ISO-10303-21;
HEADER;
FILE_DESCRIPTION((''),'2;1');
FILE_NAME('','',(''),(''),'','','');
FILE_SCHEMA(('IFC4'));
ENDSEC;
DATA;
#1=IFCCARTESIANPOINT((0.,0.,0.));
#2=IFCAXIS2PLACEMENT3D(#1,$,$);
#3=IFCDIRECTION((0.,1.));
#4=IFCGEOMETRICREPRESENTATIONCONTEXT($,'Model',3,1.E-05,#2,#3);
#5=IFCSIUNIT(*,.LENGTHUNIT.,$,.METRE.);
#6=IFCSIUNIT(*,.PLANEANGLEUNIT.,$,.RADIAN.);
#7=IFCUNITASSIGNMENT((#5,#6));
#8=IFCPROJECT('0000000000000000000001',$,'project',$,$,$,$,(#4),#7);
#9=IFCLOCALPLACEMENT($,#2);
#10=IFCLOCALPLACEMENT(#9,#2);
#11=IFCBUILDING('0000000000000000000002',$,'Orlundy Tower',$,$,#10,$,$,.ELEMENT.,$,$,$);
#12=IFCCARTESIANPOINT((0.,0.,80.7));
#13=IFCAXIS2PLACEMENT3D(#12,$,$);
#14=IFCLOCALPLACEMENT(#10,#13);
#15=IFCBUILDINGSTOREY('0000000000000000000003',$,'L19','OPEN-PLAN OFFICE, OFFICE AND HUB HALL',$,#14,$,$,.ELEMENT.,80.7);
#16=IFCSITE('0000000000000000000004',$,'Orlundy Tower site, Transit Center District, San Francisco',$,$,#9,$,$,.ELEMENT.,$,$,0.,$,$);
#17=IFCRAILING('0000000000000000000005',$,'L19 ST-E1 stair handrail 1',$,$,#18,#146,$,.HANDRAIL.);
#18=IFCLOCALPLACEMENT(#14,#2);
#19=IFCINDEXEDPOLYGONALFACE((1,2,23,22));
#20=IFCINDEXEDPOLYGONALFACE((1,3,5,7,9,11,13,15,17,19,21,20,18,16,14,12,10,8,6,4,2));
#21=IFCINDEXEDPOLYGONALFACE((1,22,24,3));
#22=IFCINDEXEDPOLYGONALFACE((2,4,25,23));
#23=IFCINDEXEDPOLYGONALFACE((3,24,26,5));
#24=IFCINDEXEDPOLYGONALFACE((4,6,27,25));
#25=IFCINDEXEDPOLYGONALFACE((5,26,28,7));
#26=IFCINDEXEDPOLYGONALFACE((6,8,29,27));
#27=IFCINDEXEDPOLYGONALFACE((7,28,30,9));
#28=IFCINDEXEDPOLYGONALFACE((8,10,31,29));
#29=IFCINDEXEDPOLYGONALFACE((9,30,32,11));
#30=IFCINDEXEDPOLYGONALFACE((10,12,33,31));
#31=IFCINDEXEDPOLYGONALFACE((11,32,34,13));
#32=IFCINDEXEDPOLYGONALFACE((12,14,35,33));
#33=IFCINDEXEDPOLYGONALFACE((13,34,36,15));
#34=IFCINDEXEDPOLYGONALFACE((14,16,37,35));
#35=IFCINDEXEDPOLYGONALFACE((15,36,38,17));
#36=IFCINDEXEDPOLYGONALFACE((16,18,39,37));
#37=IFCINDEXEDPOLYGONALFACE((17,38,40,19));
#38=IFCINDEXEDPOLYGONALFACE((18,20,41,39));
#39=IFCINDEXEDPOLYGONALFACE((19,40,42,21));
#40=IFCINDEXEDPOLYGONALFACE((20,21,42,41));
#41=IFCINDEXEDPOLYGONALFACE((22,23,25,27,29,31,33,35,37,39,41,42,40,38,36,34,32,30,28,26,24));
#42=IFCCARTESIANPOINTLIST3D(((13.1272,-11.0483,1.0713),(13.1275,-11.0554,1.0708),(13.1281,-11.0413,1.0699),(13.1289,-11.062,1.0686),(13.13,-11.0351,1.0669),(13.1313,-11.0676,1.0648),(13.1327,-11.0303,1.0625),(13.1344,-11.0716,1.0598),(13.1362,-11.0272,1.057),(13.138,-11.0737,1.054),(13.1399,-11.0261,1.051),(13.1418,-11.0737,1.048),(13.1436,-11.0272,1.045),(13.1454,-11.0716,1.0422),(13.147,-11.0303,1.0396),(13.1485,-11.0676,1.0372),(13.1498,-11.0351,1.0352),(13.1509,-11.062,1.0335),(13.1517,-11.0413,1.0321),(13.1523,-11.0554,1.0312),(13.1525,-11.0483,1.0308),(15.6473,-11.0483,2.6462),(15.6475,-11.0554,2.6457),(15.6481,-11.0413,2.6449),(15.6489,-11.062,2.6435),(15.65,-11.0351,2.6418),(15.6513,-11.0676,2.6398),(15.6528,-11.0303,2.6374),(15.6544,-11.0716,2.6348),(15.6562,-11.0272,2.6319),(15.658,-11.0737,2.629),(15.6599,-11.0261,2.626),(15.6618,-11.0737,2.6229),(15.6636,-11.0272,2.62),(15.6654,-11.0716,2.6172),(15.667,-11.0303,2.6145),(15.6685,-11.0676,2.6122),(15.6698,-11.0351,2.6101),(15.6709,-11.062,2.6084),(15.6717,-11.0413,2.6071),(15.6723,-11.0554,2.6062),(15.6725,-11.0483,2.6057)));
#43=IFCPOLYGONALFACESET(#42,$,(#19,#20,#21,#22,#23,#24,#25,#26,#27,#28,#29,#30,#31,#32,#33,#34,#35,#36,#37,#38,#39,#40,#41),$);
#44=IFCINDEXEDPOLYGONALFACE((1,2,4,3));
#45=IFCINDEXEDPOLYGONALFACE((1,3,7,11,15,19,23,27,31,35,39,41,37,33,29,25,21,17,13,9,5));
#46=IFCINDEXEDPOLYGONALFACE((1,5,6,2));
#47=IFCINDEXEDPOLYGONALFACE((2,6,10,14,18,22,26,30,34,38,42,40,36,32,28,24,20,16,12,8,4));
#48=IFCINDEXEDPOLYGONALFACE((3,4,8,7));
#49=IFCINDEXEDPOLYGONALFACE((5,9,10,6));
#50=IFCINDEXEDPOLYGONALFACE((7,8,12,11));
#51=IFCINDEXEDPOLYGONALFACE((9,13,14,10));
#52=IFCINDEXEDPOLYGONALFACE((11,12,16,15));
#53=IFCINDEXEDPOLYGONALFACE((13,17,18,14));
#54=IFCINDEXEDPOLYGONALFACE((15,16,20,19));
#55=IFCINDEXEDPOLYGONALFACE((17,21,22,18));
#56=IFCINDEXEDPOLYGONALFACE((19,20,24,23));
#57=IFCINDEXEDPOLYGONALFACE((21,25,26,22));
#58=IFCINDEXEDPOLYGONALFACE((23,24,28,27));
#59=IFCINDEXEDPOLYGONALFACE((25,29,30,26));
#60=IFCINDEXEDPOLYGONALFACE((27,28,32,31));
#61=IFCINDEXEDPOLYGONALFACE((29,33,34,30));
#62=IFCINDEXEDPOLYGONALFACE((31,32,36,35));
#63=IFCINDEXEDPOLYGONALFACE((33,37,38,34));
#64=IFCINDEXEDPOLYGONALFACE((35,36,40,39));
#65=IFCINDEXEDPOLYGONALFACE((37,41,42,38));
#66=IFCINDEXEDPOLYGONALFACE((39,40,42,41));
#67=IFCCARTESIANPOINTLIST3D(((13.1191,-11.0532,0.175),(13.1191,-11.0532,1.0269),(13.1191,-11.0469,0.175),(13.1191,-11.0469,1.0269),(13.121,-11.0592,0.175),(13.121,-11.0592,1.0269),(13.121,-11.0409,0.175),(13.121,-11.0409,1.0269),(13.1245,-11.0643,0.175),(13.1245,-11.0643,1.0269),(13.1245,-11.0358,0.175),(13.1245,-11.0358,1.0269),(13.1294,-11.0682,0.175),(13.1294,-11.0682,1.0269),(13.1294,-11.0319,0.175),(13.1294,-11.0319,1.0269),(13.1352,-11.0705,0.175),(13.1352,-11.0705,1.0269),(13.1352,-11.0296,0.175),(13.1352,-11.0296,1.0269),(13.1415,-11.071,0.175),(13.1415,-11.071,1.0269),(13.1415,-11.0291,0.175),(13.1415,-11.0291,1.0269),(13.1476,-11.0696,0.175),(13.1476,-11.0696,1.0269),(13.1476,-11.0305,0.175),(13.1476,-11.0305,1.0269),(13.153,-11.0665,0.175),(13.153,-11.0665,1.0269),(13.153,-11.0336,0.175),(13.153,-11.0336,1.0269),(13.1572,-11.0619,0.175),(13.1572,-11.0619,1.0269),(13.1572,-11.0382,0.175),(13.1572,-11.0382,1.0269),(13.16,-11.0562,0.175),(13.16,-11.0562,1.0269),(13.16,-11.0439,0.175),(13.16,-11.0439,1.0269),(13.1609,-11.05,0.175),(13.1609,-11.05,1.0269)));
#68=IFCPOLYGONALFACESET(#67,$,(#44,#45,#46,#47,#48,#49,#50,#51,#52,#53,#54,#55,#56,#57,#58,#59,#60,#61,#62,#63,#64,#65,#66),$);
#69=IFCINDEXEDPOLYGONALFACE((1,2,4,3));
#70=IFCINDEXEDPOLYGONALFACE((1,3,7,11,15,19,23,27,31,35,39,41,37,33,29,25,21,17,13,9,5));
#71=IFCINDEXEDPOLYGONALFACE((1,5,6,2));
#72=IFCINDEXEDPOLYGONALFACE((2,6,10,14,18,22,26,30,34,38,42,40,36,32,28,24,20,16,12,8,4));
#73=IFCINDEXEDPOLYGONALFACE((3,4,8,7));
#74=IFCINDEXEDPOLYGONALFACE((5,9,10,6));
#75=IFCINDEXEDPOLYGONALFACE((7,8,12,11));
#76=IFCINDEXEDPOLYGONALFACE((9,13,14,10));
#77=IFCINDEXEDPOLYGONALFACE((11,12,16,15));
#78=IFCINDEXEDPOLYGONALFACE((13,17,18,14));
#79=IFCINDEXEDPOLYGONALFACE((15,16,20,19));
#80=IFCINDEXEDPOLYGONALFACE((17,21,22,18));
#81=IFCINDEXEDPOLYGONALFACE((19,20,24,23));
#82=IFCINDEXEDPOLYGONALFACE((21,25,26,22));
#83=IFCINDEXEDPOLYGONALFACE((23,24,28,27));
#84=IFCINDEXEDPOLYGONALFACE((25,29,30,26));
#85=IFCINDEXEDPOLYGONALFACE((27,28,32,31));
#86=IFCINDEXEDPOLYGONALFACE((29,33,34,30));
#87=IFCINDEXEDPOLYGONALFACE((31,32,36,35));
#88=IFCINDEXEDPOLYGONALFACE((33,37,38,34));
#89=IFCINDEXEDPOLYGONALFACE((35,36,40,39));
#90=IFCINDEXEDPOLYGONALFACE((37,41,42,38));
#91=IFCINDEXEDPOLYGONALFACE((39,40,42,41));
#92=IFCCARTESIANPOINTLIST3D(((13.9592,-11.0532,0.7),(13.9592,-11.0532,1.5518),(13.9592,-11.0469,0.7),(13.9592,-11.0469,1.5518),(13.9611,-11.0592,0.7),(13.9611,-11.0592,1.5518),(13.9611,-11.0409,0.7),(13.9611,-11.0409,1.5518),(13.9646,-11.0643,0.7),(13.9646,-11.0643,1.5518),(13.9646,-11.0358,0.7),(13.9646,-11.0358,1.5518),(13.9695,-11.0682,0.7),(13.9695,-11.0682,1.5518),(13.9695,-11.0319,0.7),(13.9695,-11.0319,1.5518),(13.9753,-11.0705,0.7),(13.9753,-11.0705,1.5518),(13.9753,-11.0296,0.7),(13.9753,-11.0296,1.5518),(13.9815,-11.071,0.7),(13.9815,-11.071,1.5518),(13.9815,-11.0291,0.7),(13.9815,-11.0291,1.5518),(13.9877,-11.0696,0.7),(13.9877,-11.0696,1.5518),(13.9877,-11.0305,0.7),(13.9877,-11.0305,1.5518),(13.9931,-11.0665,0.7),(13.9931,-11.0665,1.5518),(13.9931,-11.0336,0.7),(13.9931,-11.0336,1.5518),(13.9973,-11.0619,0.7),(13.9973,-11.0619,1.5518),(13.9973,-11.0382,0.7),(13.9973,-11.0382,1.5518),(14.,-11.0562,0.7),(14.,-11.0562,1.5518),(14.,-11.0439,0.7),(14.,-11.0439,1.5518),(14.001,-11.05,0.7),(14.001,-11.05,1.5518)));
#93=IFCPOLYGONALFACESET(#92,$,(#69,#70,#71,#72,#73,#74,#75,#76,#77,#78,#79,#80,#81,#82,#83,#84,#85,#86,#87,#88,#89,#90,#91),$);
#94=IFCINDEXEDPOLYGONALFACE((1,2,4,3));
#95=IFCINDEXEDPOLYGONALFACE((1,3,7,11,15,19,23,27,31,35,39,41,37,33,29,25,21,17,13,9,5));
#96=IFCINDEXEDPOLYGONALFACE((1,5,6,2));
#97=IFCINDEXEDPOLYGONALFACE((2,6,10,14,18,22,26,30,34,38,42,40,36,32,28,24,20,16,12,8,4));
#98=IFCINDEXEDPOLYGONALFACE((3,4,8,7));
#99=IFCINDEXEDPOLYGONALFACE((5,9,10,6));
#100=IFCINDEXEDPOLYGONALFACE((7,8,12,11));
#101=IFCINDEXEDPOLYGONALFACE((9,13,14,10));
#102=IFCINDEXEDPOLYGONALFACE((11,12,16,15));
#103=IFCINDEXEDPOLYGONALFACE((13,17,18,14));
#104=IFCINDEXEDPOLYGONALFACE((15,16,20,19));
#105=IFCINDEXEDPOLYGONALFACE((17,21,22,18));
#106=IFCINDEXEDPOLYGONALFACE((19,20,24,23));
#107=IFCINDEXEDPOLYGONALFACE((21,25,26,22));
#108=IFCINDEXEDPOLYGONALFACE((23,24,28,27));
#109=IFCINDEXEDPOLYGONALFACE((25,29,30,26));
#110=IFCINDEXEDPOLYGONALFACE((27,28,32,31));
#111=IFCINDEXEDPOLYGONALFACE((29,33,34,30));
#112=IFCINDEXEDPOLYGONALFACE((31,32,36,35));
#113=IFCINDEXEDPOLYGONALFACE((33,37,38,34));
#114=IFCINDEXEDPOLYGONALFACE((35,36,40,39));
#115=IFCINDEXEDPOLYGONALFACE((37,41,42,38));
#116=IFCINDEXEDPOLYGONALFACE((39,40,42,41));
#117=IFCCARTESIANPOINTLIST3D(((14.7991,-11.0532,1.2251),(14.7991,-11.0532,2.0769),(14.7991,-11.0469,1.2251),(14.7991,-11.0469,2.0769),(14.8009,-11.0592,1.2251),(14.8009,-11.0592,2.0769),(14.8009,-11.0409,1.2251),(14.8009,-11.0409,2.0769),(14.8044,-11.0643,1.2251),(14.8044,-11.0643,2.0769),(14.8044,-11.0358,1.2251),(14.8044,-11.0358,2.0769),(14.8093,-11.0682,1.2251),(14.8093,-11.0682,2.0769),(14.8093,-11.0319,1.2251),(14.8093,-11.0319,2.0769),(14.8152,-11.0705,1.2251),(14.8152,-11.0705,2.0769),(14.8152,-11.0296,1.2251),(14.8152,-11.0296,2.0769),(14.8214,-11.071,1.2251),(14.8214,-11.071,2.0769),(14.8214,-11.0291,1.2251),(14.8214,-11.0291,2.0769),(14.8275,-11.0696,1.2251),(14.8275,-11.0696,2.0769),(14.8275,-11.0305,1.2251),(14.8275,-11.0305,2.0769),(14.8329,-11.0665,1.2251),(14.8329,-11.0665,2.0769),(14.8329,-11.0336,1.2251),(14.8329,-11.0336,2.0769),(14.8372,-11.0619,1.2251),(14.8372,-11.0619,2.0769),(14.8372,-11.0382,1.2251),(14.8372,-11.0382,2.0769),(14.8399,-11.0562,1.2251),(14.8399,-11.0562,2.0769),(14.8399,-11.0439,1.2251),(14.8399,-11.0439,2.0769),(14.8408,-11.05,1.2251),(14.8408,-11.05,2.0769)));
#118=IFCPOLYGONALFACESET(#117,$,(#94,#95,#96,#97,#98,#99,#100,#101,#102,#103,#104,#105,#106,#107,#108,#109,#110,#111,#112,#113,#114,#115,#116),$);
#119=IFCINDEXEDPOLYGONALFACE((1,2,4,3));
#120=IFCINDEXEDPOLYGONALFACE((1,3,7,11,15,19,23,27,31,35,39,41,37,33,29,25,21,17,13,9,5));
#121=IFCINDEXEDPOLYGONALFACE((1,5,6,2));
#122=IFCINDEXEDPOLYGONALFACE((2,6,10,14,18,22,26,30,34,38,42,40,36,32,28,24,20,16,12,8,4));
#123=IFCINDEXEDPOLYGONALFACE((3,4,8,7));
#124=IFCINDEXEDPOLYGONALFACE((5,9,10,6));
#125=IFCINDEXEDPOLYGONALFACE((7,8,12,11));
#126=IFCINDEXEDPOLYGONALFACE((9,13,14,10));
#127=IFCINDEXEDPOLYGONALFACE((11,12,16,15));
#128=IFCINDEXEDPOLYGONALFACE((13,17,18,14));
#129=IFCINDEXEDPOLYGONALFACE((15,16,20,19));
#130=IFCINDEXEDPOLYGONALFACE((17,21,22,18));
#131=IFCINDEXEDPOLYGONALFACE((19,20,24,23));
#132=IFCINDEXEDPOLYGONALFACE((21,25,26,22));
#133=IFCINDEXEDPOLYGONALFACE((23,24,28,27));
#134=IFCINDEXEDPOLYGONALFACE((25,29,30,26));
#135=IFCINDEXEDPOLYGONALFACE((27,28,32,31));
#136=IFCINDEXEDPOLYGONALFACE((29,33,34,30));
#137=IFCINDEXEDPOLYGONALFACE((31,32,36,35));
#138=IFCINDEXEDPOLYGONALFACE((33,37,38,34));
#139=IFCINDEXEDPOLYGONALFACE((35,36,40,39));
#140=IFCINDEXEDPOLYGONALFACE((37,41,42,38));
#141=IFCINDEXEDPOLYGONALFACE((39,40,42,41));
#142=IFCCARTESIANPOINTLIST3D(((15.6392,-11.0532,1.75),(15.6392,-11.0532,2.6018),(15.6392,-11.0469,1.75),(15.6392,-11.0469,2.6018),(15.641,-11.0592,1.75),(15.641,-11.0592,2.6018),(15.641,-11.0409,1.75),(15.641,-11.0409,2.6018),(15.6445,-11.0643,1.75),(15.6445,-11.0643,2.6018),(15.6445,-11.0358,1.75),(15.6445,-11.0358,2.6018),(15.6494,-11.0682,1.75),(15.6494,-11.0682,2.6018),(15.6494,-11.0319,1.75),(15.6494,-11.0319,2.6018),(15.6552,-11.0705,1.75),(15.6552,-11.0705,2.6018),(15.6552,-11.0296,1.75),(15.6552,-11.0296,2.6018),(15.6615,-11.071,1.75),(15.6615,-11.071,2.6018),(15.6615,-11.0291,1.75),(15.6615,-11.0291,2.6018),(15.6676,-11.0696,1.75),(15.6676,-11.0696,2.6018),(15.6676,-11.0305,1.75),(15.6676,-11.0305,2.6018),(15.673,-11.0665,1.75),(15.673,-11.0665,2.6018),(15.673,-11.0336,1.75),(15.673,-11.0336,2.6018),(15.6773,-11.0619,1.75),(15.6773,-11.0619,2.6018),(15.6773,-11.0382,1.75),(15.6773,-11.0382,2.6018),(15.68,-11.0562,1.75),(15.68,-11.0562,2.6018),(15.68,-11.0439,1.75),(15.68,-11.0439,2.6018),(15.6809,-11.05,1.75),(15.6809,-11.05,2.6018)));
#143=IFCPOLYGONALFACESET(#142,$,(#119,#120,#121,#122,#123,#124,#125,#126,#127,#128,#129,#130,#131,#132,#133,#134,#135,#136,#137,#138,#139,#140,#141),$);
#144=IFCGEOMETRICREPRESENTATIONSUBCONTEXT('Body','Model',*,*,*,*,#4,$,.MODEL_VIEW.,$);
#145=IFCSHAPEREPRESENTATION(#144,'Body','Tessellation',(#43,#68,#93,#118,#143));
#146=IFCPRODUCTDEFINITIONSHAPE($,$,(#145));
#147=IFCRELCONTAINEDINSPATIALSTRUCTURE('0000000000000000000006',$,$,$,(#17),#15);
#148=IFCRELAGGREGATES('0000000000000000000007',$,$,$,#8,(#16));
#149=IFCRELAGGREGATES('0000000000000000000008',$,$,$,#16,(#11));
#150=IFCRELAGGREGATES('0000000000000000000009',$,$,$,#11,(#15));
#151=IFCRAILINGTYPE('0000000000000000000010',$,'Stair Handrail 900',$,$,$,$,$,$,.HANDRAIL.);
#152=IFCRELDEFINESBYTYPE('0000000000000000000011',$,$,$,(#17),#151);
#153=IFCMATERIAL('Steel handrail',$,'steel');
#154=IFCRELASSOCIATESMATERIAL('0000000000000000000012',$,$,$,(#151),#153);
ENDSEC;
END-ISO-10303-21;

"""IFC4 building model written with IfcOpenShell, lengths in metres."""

from ifc_helpers import new_model, si_unit, direction, frame, origin, origin_2d, place, context, subcontext, project, spatial, circle, extrude, material, type_object, element, save


model = new_model("IFC4")

# Units and contexts
model_context = context("Model", 3, precision=1e-05, world=origin(), true_north=direction((0.0, 1.0)))
body_context = subcontext(model_context, "Body", "Model", "MODEL_VIEW")
ifc_project = project(units=[si_unit("LENGTHUNIT", "METRE"), si_unit("PLANEANGLEUNIT", "RADIAN")], contexts=[model_context])

# Site, building, storey
site_placement = place(None, origin())
site = spatial("IfcSite", under=ifc_project, at=site_placement, Name="Orlundy Tower site, Transit Center District, San Francisco", CompositionType="ELEMENT", RefElevation=0.0)
building_placement = place(site_placement, origin())
building = spatial("IfcBuilding", under=site, at=building_placement, Name="Orlundy Tower", CompositionType="ELEMENT")
storey_placement = place(building_placement, frame((0.0, 0.0, 80.7)))
storey = spatial("IfcBuildingStorey", under=building, at=storey_placement, Name="L19", Description="OPEN-PLAN OFFICE, OFFICE AND HUB HALL", CompositionType="ELEMENT", Elevation=80.7)

# Railing
ifc_material_1 = material(Name="Steel handrail", Category="steel")
railing_type_1 = type_object("IfcRailingType", Name="Stair Handrail 900", PredefinedType="HANDRAIL", material=ifc_material_1)
railing_1_placement = place(storey_placement, frame((13.1399, -11.05, 0.175)))
element("IfcRailing", 1, at=railing_1_placement, inside=storey, type_object=railing_type_1, Name="L19 ST-E1 stair handrail 1", PredefinedType="HANDRAIL", context=body_context, shape_type="SweptSolid", body=[
    extrude(circle(Radius=0.0239, at=origin_2d()), frame((0.0, 0.0, 0.876), z_axis=(0.848008, 0.0, 0.529984), x_axis=(0.0, 1.0, 0.0)), (0.0, 0.0, 1.0), 2.9717),
    extrude(circle(Radius=0.021, at=origin_2d()), origin(), (0.0, 0.0, 1.0), 0.8518),
    extrude(circle(Radius=0.021, at=origin_2d()), frame((0.8401, 0.0, 0.5249)), (0.0, 0.0, 1.0), 0.8518),
    extrude(circle(Radius=0.021, at=origin_2d()), frame((1.6799, 0.0, 1.05)), (0.0, 0.0, 1.0), 0.8518),
    extrude(circle(Radius=0.021, at=origin_2d()), frame((2.52, 0.0, 1.575)), (0.0, 0.0, 1.0), 0.8518),
])

save(model, "model.ifc")
